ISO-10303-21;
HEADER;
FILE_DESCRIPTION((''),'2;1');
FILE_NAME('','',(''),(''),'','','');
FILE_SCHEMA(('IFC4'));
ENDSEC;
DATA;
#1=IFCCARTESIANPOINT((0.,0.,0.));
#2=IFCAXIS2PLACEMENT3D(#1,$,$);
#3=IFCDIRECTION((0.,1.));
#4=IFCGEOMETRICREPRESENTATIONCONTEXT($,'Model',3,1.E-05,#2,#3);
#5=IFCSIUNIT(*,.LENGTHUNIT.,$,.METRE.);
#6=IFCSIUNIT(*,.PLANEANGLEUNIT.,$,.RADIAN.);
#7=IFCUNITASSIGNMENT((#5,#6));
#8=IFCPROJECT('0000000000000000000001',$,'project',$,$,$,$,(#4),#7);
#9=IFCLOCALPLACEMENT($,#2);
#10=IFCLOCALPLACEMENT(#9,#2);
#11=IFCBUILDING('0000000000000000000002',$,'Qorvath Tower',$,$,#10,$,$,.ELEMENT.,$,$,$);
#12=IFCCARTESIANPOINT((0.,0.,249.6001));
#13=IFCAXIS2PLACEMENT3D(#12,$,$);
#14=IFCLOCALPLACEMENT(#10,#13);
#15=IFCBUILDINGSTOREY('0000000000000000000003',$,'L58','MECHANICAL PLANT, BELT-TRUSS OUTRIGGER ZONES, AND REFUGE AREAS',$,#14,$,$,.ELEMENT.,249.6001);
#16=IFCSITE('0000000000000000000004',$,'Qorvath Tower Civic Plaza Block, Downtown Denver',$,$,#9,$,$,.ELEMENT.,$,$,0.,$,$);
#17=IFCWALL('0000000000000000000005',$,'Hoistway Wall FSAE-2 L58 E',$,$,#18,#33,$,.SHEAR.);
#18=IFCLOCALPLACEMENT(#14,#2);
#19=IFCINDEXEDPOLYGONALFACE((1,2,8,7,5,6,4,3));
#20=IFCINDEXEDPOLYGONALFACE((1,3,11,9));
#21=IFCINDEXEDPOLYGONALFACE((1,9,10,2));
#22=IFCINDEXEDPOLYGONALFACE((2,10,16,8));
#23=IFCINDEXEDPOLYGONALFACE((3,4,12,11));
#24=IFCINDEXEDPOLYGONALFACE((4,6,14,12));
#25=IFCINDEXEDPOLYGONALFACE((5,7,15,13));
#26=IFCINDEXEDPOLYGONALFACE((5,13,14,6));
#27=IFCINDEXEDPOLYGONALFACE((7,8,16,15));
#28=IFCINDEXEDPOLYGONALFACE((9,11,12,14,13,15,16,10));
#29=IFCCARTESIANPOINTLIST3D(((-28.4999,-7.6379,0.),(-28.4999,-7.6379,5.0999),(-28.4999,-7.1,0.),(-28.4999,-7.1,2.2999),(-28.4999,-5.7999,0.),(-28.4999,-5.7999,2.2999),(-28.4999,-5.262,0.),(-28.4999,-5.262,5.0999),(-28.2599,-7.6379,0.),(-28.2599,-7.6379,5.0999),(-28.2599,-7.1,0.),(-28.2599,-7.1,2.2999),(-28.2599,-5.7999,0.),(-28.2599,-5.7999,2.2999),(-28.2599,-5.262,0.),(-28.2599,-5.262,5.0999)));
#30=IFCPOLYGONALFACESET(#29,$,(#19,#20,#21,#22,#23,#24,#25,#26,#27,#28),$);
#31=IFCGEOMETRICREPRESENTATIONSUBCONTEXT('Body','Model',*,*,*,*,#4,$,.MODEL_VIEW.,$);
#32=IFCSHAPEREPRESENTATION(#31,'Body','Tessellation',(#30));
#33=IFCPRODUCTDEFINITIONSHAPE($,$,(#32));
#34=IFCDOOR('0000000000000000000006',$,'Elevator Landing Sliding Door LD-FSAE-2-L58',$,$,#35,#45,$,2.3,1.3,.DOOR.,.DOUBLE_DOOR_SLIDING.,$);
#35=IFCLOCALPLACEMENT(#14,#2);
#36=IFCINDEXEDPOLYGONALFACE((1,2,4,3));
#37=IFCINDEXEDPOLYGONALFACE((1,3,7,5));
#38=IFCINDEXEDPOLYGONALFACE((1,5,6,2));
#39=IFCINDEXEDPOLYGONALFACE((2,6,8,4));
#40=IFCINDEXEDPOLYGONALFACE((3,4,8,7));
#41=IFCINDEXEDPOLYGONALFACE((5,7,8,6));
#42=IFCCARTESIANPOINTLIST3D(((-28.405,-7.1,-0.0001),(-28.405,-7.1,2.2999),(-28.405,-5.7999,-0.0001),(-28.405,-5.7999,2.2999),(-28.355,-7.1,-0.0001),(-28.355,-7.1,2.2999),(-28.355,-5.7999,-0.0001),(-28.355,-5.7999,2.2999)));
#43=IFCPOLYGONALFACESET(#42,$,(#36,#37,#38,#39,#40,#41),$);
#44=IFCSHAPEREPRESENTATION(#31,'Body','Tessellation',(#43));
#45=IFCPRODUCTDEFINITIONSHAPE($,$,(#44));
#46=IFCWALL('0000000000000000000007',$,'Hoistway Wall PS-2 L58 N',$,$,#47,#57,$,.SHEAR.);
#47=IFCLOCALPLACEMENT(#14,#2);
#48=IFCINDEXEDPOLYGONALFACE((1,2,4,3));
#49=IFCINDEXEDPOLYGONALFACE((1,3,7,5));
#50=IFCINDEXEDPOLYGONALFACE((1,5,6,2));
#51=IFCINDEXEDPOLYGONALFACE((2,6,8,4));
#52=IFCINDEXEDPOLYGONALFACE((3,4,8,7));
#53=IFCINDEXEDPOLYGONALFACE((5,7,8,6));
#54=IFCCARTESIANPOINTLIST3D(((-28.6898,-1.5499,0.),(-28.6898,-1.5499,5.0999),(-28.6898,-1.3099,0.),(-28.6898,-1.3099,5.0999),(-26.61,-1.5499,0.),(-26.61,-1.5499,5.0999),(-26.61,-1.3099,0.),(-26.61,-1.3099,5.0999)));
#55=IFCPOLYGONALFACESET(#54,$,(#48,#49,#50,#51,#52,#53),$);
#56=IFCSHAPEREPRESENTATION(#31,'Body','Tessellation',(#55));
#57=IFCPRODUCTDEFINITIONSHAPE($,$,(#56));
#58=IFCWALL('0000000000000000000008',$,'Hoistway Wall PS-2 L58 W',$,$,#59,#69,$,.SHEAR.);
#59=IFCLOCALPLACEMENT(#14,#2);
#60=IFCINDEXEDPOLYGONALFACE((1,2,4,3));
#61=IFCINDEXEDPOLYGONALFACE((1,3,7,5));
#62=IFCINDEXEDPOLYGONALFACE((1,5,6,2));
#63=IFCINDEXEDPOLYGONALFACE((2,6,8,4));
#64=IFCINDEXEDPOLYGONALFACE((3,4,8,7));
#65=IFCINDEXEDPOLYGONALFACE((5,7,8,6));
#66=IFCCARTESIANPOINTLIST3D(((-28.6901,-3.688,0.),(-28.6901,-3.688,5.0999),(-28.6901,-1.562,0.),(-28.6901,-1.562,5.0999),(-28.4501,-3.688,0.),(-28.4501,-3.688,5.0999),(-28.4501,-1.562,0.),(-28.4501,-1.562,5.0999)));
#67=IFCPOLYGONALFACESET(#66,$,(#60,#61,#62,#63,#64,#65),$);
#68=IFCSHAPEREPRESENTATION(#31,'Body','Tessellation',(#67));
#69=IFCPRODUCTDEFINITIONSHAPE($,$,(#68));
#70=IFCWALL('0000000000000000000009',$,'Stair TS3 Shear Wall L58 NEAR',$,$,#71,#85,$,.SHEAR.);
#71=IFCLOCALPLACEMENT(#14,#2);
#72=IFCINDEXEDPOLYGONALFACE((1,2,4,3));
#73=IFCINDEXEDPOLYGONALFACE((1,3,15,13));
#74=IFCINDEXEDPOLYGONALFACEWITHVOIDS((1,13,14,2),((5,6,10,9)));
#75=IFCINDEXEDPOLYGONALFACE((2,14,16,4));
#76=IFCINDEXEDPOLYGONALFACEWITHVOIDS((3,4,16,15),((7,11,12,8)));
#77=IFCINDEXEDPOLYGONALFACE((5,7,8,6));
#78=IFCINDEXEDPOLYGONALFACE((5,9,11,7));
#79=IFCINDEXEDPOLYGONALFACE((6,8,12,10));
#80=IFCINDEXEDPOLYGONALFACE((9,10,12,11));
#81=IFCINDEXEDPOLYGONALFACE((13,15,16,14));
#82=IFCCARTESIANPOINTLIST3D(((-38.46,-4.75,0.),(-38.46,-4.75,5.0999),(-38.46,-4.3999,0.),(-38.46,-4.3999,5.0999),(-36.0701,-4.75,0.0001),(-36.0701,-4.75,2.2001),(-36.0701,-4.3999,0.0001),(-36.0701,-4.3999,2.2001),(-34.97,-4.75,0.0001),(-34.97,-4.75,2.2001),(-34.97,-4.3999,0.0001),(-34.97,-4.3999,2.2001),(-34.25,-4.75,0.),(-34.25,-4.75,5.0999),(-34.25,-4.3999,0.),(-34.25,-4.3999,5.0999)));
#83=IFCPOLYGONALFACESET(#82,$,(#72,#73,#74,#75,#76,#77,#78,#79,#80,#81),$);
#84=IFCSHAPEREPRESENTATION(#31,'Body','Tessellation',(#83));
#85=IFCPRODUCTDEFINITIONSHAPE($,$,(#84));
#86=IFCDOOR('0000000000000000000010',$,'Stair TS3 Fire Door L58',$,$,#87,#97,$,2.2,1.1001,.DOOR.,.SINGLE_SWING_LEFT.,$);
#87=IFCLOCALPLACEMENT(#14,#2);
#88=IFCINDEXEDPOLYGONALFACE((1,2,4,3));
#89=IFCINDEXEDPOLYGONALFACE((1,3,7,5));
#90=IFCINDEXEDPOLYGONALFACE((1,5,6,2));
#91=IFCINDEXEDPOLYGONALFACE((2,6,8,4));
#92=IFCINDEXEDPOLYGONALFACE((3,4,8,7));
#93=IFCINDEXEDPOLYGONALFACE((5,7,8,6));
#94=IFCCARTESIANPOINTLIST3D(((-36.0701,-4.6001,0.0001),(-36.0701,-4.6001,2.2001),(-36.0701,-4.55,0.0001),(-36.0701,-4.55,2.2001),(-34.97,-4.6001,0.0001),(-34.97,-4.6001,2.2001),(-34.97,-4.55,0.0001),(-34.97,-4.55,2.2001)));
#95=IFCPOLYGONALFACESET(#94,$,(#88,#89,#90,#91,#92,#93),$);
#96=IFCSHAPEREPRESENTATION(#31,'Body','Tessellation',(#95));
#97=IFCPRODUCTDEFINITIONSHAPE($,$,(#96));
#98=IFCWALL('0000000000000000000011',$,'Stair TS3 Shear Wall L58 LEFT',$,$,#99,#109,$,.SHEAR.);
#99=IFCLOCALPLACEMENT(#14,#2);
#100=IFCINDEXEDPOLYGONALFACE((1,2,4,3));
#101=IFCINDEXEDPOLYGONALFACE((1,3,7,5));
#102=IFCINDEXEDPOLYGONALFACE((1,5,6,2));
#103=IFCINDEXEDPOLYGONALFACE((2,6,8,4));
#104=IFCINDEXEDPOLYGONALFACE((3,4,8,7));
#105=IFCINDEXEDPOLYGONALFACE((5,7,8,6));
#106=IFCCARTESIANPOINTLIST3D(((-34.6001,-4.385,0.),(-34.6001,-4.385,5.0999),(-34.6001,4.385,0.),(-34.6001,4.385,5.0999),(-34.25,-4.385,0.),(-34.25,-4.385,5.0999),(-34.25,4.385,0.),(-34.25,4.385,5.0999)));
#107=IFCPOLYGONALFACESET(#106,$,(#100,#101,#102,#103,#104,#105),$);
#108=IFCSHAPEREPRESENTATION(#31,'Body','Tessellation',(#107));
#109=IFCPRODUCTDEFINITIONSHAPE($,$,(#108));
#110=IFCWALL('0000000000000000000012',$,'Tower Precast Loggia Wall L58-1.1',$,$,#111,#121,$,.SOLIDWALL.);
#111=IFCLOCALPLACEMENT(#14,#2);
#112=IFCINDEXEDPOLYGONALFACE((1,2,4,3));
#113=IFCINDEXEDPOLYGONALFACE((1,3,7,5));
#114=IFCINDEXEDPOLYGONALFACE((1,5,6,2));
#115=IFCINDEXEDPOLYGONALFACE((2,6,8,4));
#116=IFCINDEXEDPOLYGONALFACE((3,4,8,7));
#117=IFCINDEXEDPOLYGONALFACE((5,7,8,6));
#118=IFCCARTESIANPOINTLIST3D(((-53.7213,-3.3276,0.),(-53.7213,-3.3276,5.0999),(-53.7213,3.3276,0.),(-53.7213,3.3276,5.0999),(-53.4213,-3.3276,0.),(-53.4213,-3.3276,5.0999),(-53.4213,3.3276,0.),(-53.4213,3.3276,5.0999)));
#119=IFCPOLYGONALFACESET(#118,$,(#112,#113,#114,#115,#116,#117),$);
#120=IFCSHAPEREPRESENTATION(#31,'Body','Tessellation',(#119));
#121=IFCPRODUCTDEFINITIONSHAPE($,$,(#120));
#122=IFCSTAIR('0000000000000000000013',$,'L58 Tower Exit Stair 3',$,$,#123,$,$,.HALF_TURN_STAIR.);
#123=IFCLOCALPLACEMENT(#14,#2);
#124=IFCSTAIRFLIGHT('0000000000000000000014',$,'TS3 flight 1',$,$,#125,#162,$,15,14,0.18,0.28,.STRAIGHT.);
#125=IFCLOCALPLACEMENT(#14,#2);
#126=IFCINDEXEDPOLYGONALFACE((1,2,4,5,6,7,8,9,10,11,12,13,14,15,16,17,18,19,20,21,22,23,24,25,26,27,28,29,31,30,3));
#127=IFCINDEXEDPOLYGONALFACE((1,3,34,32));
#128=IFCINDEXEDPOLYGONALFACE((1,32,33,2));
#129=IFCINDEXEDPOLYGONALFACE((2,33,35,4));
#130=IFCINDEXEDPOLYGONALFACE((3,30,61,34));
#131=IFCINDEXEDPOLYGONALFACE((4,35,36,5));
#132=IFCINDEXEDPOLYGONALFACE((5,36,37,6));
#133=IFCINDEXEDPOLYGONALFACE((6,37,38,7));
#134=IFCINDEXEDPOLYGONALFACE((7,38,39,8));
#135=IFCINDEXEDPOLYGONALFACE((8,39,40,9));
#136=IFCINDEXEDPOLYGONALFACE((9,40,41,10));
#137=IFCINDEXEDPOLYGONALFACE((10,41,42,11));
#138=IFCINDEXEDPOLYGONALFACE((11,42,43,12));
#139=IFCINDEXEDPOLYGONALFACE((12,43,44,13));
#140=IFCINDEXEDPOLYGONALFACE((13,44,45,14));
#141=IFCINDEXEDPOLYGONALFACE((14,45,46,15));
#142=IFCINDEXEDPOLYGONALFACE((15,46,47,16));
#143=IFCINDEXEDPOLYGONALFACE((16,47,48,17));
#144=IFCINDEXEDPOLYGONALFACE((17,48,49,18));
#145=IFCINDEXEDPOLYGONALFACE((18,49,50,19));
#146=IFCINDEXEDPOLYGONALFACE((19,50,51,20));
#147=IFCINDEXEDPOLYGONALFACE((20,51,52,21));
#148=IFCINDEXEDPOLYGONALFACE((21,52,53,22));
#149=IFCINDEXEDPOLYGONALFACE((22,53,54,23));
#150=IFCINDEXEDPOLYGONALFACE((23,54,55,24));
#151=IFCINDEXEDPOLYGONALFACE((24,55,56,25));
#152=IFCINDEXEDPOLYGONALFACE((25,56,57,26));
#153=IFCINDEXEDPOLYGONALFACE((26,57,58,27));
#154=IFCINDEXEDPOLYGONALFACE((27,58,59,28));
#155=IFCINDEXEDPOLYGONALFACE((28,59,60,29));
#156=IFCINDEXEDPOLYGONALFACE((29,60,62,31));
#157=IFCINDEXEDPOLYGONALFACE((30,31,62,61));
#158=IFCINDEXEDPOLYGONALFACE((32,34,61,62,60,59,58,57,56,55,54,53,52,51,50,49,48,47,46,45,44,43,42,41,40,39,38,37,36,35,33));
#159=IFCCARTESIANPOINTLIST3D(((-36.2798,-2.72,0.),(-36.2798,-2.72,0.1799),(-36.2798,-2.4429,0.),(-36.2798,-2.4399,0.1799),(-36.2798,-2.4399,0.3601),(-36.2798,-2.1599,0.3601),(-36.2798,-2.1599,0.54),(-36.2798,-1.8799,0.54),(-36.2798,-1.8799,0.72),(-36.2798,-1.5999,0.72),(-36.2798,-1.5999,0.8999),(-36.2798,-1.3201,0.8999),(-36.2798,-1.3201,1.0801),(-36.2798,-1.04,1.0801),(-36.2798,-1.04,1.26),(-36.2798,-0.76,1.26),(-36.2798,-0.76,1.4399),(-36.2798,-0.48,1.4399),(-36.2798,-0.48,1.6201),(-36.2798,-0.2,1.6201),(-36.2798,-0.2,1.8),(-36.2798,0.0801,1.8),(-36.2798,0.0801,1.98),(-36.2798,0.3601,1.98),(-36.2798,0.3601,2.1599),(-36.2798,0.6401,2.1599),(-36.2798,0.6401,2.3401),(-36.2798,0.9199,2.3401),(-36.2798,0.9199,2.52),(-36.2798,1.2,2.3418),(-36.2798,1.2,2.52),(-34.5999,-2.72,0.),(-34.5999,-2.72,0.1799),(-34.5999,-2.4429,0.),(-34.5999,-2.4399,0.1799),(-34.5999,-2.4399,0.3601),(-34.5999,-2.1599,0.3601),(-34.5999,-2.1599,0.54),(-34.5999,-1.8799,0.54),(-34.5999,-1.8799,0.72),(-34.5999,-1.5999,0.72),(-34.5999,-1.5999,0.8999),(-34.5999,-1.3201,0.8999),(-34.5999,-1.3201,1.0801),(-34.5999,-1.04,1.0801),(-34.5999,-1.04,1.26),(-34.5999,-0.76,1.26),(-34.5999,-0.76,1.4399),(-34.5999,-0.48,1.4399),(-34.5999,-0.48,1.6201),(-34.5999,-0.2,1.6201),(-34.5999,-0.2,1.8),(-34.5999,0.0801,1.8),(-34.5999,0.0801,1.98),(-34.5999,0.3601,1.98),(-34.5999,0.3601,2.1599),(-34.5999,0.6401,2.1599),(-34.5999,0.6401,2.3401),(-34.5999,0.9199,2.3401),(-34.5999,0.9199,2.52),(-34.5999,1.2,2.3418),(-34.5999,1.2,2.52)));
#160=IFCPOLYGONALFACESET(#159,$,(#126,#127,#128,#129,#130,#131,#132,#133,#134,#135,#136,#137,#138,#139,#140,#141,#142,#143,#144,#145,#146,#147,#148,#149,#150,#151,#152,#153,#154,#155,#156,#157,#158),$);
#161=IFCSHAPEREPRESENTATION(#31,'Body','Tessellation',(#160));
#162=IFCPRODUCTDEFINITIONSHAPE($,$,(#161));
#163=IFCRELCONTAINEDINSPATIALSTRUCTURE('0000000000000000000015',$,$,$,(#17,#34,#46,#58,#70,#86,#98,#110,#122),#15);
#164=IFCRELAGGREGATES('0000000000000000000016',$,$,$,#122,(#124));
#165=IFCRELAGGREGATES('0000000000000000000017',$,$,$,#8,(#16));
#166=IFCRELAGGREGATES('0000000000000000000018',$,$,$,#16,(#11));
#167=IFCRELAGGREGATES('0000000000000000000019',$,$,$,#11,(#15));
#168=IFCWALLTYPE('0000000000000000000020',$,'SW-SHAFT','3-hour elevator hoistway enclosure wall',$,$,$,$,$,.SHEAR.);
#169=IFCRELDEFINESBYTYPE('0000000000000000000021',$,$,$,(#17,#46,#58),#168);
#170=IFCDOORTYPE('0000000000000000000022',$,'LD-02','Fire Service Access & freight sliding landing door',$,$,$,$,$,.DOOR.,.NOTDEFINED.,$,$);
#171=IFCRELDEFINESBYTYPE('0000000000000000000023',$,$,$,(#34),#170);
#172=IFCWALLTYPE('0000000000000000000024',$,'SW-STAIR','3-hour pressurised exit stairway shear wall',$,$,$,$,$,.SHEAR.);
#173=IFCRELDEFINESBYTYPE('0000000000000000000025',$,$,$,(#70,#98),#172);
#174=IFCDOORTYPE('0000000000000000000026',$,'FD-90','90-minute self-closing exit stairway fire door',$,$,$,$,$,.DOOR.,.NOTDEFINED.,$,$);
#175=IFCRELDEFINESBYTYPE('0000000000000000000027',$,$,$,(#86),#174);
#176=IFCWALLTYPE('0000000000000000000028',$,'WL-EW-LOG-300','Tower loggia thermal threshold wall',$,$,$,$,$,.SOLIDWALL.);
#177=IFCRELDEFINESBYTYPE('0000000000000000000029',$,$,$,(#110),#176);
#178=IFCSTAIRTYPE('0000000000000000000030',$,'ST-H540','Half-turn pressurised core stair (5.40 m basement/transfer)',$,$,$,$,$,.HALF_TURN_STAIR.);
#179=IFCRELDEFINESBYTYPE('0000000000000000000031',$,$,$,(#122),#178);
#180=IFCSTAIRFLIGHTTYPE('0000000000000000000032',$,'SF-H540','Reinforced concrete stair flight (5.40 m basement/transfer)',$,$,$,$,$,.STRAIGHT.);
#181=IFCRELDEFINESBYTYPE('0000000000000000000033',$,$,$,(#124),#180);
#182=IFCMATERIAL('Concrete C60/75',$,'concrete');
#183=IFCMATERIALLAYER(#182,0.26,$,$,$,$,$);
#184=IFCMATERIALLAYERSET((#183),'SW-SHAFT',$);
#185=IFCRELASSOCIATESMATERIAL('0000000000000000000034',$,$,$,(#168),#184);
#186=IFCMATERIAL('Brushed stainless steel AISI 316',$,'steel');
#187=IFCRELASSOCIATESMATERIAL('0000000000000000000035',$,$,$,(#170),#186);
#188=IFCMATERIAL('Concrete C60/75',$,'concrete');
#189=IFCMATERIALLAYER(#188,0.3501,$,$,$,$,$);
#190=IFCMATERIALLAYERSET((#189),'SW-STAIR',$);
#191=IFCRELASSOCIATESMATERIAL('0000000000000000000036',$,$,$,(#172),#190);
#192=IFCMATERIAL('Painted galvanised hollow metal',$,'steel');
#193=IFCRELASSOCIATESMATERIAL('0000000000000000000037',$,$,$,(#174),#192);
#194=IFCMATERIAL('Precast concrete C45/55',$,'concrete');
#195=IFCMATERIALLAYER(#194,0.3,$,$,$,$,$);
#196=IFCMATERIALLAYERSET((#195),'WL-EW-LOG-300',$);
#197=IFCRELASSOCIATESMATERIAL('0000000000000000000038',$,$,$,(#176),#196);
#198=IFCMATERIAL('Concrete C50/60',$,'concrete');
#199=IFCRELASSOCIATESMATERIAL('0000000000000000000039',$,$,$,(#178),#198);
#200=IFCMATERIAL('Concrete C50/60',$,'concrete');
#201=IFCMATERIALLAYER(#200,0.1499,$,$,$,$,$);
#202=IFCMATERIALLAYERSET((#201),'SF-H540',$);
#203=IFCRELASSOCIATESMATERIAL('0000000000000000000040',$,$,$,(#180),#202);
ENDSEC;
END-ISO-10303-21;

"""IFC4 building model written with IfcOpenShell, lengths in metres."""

from ifc_helpers import new_model, si_unit, direction, frame, frame_2d, origin, place, context, subcontext, project, spatial, polyline, rectangle, outline, extrude, material, layer, layer_set, type_object, element, fill, aggregate, save


model = new_model("IFC4")

# Units and contexts
model_context = context("Model", 3, precision=1e-05, world=origin(), true_north=direction((0.0, 1.0)))
body_context = subcontext(model_context, "Body", "Model", "MODEL_VIEW")
ifc_project = project(units=[si_unit("LENGTHUNIT", "METRE"), si_unit("PLANEANGLEUNIT", "RADIAN")], contexts=[model_context])

# Site, building, storey
site_placement = place(None, origin())
site = spatial("IfcSite", under=ifc_project, at=site_placement, Name="Qorvath Tower Civic Plaza Block, Downtown Denver", CompositionType="ELEMENT", RefElevation=0.0)
building_placement = place(site_placement, origin())
building = spatial("IfcBuilding", under=site, at=building_placement, Name="Qorvath Tower", CompositionType="ELEMENT")
storey_placement = place(building_placement, frame((0.0, 0.0, 249.6001)))
storey = spatial("IfcBuildingStorey", under=building, at=storey_placement, Name="L58", Description="MECHANICAL PLANT, BELT-TRUSS OUTRIGGER ZONES, AND REFUGE AREAS", CompositionType="ELEMENT", Elevation=249.6001)

# Shared definitions
ifc_material_1 = material(Name="Concrete C60/75", Category="concrete")
ifc_layer_1 = layer(ifc_material_1, 0.26)
ifc_layer_set_1 = layer_set([ifc_layer_1], Name="SW-SHAFT")
wall_type_1 = type_object("IfcWallType", Name="SW-SHAFT", Description="3-hour elevator hoistway enclosure wall", PredefinedType="SHEAR", material=ifc_layer_set_1)

# Wall, opening, door
wall_1_placement = place(storey_placement, frame((-28.3799, -5.262, 0.0), z_axis=(0.0, 0.0, 1.0), x_axis=(0.0, -1.0, 0.0)))
wall_1 = element("IfcWall", 1, at=wall_1_placement, inside=storey, type_object=wall_type_1, Name="Hoistway Wall FSAE-2 L58 E", PredefinedType="SHEAR", context=body_context, shape_type="SweptSolid", body=[
    extrude(rectangle(XDim=2.376, YDim=0.24, at=frame_2d((1.188, 0.0))), origin(), (0.0, 0.0, 1.0), 5.0999),
])
opening_1_placement = place(wall_1_placement, frame((0.5381, 0.0, 0.0)))
opening_1 = element("IfcOpeningElement", 2, at=opening_1_placement, cuts=wall_1, PredefinedType="OPENING", context=body_context, shape_type="SweptSolid", body=[
    extrude(rectangle(XDim=1.3, YDim=2.3, at=frame_2d((0.6499, 1.1499))), frame((0.0, 0.1299, 0.0), z_axis=(0.0, -1.0, 0.0), x_axis=(1.0, 0.0, 0.0)), (0.0, 0.0, 1.0), 0.26),
])
ifc_material_2 = material(Name="Brushed stainless steel AISI 316", Category="steel")
door_type_1 = type_object("IfcDoorType", Name="LD-02", Description="Fire Service Access & freight sliding landing door", OperationType="NOTDEFINED", PredefinedType="DOOR", material=ifc_material_2)
door_1_placement = place(opening_1_placement, origin())
door_1 = element("IfcDoor", 3, at=door_1_placement, inside=storey, type_object=door_type_1, Name="Elevator Landing Sliding Door LD-FSAE-2-L58", OperationType="DOUBLE_DOOR_SLIDING", OverallHeight=2.3, OverallWidth=1.3, PredefinedType="DOOR", context=body_context, shape_type="SweptSolid", body=[
    extrude(rectangle(XDim=1.3, YDim=2.3, at=frame_2d((0.6499, 1.1499))), frame((0.0, 0.0249, 0.0), z_axis=(0.0, -1.0, 0.0), x_axis=(1.0, 0.0, 0.0)), (0.0, 0.0, 1.0), 0.05),
])
fill(opening_1, door_1)

# Walls
wall_2_placement = place(storey_placement, frame((-28.6899, -1.4299, 0.0), z_axis=(0.0, 0.0, 1.0), x_axis=(1.0, 0.0, 0.0)))
element("IfcWall", 4, at=wall_2_placement, inside=storey, type_object=wall_type_1, Name="Hoistway Wall PS-2 L58 N", PredefinedType="SHEAR", context=body_context, shape_type="SweptSolid", body=[
    extrude(rectangle(XDim=2.0798, YDim=0.24, at=frame_2d((1.04, 0.0))), origin(), (0.0, 0.0, 1.0), 5.0999),
])
wall_3_placement = place(storey_placement, frame((-28.5701, -3.688, 0.0), z_axis=(0.0, 0.0, 1.0), x_axis=(0.0, 1.0, 0.0)))
element("IfcWall", 5, at=wall_3_placement, inside=storey, type_object=wall_type_1, Name="Hoistway Wall PS-2 L58 W", PredefinedType="SHEAR", context=body_context, shape_type="SweptSolid", body=[
    extrude(rectangle(XDim=2.126, YDim=0.24, at=frame_2d((1.063, 0.0))), origin(), (0.0, 0.0, 1.0), 5.0999),
])

# Wall, opening, door
ifc_material_3 = material(Name="Concrete C60/75", Category="concrete")
ifc_layer_2 = layer(ifc_material_3, 0.3501)
ifc_layer_set_2 = layer_set([ifc_layer_2], Name="SW-STAIR")
wall_type_2 = type_object("IfcWallType", Name="SW-STAIR", Description="3-hour pressurised exit stairway shear wall", PredefinedType="SHEAR", material=ifc_layer_set_2)
wall_4_placement = place(storey_placement, frame((-38.46, -4.575, 0.0), z_axis=(0.0, 0.0, 1.0), x_axis=(1.0, 0.0, 0.0)))
wall_4 = element("IfcWall", 6, at=wall_4_placement, inside=storey, type_object=wall_type_2, Name="Stair TS3 Shear Wall L58 NEAR", PredefinedType="SHEAR", context=body_context, shape_type="SweptSolid", body=[
    extrude(rectangle(XDim=4.21, YDim=0.3501, at=frame_2d((2.105, 0.0))), origin(), (0.0, 0.0, 1.0), 5.0999),
])
opening_2_placement = place(wall_4_placement, frame((2.3899, 0.0, 0.0)))
opening_2 = element("IfcOpeningElement", 7, at=opening_2_placement, cuts=wall_4, PredefinedType="OPENING", context=body_context, shape_type="SweptSolid", body=[
    extrude(rectangle(XDim=1.1001, YDim=2.2, at=frame_2d((0.55, 1.1001))), frame((0.0, 0.1851, 0.0), z_axis=(0.0, -1.0, 0.0), x_axis=(1.0, 0.0, 0.0)), (0.0, 0.0, 1.0), 0.3701),
])
ifc_material_4 = material(Name="Painted galvanised hollow metal", Category="steel")
door_type_2 = type_object("IfcDoorType", Name="FD-90", Description="90-minute self-closing exit stairway fire door", OperationType="NOTDEFINED", PredefinedType="DOOR", material=ifc_material_4)
door_2_placement = place(opening_2_placement, origin())
door_2 = element("IfcDoor", 8, at=door_2_placement, inside=storey, type_object=door_type_2, Name="Stair TS3 Fire Door L58", OperationType="SINGLE_SWING_LEFT", OverallHeight=2.2, OverallWidth=1.1001, PredefinedType="DOOR", context=body_context, shape_type="SweptSolid", body=[
    extrude(rectangle(XDim=1.1001, YDim=2.2, at=frame_2d((0.55, 1.1001))), frame((0.0, 0.0249, 0.0), z_axis=(0.0, -1.0, 0.0), x_axis=(1.0, 0.0, 0.0)), (0.0, 0.0, 1.0), 0.05),
])
fill(opening_2, door_2)

# Walls
wall_5_placement = place(storey_placement, frame((-34.425, -4.385, 0.0), z_axis=(0.0, 0.0, 1.0), x_axis=(0.0, 1.0, 0.0)))
element("IfcWall", 9, at=wall_5_placement, inside=storey, type_object=wall_type_2, Name="Stair TS3 Shear Wall L58 LEFT", PredefinedType="SHEAR", context=body_context, shape_type="SweptSolid", body=[
    extrude(rectangle(XDim=8.77, YDim=0.3501, at=frame_2d((4.385, 0.0))), origin(), (0.0, 0.0, 1.0), 5.0999),
])
ifc_material_5 = material(Name="Precast concrete C45/55", Category="concrete")
ifc_layer_3 = layer(ifc_material_5, 0.3)
ifc_layer_set_3 = layer_set([ifc_layer_3], Name="WL-EW-LOG-300")
wall_type_3 = type_object("IfcWallType", Name="WL-EW-LOG-300", Description="Tower loggia thermal threshold wall", PredefinedType="SOLIDWALL", material=ifc_layer_set_3)
wall_6_placement = place(storey_placement, frame((-53.5713, -3.3276, 0.0), z_axis=(0.0, 0.0, 1.0), x_axis=(0.0, 1.0, 0.0)))
element("IfcWall", 10, at=wall_6_placement, inside=storey, type_object=wall_type_3, Name="Tower Precast Loggia Wall L58-1.1", PredefinedType="SOLIDWALL", context=body_context, shape_type="SweptSolid", body=[
    extrude(rectangle(XDim=6.6553, YDim=0.3, at=frame_2d((3.3276, 0.0))), origin(), (0.0, 0.0, 1.0), 5.0999),
])

# Stair, stair flight
ifc_material_6 = material(Name="Concrete C50/60", Category="concrete")
stair_type = type_object("IfcStairType", Name="ST-H540", Description="Half-turn pressurised core stair (5.40 m basement/transfer)", PredefinedType="HALF_TURN_STAIR", material=ifc_material_6)
stair_placement = place(storey_placement, origin())
stair = element("IfcStair", 11, at=stair_placement, inside=storey, type_object=stair_type, Name="L58 Tower Exit Stair 3", PredefinedType="HALF_TURN_STAIR")
ifc_material_7 = material(Name="Concrete C50/60", Category="concrete")
ifc_layer_4 = layer(ifc_material_7, 0.1499)
ifc_layer_set_4 = layer_set([ifc_layer_4], Name="SF-H540")
stair_flight_type = type_object("IfcStairFlightType", Name="SF-H540", Description="Reinforced concrete stair flight (5.40 m basement/transfer)", PredefinedType="STRAIGHT", material=ifc_layer_set_4)
stair_flight_placement = place(storey_placement, frame((-35.4399, -2.72, 0.0), z_axis=(0.0, 0.0, 1.0), x_axis=(0.0, 1.0, 0.0)))
stair_flight = element("IfcStairFlight", 12, at=stair_flight_placement, type_object=stair_flight_type, Name="TS3 flight 1", NumberOfRisers=15, NumberOfTreads=14, PredefinedType="STRAIGHT", RiserHeight=0.18, TreadLength=0.28, context=body_context, shape_type="SweptSolid", body=[
    extrude(outline(polyline([(0.0, 0.0), (0.0, 0.1799), (0.28, 0.1799), (0.28, 0.3601), (0.5601, 0.3601), (0.5601, 0.54), (0.8401, 0.54), (0.8401, 0.72), (1.1201, 0.72), (1.1201, 0.8999), (1.3999, 0.8999), (1.3999, 1.0801), (1.6799, 1.0801), (1.6799, 1.26), (1.96, 1.26), (1.96, 1.4399), (2.24, 1.4399), (2.24, 1.6201), (2.52, 1.6201), (2.52, 1.8), (2.8, 1.8), (2.8, 1.98), (3.0801, 1.98), (3.0801, 2.1599), (3.3601, 2.1599), (3.3601, 2.3401), (3.6399, 2.3401), (3.6399, 2.52), (3.9199, 2.52), (3.9199, 2.7), (3.9199, 2.3418), (0.2771, 0.0), (0.0, 0.0)])), frame((0.0, 0.8398, 0.0), z_axis=(0.0, -1.0, 0.0), x_axis=(1.0, 0.0, 0.0)), (0.0, 0.0, 1.0), 1.6799),
])
aggregate(stair, [stair_flight])

save(model, "model.ifc")
